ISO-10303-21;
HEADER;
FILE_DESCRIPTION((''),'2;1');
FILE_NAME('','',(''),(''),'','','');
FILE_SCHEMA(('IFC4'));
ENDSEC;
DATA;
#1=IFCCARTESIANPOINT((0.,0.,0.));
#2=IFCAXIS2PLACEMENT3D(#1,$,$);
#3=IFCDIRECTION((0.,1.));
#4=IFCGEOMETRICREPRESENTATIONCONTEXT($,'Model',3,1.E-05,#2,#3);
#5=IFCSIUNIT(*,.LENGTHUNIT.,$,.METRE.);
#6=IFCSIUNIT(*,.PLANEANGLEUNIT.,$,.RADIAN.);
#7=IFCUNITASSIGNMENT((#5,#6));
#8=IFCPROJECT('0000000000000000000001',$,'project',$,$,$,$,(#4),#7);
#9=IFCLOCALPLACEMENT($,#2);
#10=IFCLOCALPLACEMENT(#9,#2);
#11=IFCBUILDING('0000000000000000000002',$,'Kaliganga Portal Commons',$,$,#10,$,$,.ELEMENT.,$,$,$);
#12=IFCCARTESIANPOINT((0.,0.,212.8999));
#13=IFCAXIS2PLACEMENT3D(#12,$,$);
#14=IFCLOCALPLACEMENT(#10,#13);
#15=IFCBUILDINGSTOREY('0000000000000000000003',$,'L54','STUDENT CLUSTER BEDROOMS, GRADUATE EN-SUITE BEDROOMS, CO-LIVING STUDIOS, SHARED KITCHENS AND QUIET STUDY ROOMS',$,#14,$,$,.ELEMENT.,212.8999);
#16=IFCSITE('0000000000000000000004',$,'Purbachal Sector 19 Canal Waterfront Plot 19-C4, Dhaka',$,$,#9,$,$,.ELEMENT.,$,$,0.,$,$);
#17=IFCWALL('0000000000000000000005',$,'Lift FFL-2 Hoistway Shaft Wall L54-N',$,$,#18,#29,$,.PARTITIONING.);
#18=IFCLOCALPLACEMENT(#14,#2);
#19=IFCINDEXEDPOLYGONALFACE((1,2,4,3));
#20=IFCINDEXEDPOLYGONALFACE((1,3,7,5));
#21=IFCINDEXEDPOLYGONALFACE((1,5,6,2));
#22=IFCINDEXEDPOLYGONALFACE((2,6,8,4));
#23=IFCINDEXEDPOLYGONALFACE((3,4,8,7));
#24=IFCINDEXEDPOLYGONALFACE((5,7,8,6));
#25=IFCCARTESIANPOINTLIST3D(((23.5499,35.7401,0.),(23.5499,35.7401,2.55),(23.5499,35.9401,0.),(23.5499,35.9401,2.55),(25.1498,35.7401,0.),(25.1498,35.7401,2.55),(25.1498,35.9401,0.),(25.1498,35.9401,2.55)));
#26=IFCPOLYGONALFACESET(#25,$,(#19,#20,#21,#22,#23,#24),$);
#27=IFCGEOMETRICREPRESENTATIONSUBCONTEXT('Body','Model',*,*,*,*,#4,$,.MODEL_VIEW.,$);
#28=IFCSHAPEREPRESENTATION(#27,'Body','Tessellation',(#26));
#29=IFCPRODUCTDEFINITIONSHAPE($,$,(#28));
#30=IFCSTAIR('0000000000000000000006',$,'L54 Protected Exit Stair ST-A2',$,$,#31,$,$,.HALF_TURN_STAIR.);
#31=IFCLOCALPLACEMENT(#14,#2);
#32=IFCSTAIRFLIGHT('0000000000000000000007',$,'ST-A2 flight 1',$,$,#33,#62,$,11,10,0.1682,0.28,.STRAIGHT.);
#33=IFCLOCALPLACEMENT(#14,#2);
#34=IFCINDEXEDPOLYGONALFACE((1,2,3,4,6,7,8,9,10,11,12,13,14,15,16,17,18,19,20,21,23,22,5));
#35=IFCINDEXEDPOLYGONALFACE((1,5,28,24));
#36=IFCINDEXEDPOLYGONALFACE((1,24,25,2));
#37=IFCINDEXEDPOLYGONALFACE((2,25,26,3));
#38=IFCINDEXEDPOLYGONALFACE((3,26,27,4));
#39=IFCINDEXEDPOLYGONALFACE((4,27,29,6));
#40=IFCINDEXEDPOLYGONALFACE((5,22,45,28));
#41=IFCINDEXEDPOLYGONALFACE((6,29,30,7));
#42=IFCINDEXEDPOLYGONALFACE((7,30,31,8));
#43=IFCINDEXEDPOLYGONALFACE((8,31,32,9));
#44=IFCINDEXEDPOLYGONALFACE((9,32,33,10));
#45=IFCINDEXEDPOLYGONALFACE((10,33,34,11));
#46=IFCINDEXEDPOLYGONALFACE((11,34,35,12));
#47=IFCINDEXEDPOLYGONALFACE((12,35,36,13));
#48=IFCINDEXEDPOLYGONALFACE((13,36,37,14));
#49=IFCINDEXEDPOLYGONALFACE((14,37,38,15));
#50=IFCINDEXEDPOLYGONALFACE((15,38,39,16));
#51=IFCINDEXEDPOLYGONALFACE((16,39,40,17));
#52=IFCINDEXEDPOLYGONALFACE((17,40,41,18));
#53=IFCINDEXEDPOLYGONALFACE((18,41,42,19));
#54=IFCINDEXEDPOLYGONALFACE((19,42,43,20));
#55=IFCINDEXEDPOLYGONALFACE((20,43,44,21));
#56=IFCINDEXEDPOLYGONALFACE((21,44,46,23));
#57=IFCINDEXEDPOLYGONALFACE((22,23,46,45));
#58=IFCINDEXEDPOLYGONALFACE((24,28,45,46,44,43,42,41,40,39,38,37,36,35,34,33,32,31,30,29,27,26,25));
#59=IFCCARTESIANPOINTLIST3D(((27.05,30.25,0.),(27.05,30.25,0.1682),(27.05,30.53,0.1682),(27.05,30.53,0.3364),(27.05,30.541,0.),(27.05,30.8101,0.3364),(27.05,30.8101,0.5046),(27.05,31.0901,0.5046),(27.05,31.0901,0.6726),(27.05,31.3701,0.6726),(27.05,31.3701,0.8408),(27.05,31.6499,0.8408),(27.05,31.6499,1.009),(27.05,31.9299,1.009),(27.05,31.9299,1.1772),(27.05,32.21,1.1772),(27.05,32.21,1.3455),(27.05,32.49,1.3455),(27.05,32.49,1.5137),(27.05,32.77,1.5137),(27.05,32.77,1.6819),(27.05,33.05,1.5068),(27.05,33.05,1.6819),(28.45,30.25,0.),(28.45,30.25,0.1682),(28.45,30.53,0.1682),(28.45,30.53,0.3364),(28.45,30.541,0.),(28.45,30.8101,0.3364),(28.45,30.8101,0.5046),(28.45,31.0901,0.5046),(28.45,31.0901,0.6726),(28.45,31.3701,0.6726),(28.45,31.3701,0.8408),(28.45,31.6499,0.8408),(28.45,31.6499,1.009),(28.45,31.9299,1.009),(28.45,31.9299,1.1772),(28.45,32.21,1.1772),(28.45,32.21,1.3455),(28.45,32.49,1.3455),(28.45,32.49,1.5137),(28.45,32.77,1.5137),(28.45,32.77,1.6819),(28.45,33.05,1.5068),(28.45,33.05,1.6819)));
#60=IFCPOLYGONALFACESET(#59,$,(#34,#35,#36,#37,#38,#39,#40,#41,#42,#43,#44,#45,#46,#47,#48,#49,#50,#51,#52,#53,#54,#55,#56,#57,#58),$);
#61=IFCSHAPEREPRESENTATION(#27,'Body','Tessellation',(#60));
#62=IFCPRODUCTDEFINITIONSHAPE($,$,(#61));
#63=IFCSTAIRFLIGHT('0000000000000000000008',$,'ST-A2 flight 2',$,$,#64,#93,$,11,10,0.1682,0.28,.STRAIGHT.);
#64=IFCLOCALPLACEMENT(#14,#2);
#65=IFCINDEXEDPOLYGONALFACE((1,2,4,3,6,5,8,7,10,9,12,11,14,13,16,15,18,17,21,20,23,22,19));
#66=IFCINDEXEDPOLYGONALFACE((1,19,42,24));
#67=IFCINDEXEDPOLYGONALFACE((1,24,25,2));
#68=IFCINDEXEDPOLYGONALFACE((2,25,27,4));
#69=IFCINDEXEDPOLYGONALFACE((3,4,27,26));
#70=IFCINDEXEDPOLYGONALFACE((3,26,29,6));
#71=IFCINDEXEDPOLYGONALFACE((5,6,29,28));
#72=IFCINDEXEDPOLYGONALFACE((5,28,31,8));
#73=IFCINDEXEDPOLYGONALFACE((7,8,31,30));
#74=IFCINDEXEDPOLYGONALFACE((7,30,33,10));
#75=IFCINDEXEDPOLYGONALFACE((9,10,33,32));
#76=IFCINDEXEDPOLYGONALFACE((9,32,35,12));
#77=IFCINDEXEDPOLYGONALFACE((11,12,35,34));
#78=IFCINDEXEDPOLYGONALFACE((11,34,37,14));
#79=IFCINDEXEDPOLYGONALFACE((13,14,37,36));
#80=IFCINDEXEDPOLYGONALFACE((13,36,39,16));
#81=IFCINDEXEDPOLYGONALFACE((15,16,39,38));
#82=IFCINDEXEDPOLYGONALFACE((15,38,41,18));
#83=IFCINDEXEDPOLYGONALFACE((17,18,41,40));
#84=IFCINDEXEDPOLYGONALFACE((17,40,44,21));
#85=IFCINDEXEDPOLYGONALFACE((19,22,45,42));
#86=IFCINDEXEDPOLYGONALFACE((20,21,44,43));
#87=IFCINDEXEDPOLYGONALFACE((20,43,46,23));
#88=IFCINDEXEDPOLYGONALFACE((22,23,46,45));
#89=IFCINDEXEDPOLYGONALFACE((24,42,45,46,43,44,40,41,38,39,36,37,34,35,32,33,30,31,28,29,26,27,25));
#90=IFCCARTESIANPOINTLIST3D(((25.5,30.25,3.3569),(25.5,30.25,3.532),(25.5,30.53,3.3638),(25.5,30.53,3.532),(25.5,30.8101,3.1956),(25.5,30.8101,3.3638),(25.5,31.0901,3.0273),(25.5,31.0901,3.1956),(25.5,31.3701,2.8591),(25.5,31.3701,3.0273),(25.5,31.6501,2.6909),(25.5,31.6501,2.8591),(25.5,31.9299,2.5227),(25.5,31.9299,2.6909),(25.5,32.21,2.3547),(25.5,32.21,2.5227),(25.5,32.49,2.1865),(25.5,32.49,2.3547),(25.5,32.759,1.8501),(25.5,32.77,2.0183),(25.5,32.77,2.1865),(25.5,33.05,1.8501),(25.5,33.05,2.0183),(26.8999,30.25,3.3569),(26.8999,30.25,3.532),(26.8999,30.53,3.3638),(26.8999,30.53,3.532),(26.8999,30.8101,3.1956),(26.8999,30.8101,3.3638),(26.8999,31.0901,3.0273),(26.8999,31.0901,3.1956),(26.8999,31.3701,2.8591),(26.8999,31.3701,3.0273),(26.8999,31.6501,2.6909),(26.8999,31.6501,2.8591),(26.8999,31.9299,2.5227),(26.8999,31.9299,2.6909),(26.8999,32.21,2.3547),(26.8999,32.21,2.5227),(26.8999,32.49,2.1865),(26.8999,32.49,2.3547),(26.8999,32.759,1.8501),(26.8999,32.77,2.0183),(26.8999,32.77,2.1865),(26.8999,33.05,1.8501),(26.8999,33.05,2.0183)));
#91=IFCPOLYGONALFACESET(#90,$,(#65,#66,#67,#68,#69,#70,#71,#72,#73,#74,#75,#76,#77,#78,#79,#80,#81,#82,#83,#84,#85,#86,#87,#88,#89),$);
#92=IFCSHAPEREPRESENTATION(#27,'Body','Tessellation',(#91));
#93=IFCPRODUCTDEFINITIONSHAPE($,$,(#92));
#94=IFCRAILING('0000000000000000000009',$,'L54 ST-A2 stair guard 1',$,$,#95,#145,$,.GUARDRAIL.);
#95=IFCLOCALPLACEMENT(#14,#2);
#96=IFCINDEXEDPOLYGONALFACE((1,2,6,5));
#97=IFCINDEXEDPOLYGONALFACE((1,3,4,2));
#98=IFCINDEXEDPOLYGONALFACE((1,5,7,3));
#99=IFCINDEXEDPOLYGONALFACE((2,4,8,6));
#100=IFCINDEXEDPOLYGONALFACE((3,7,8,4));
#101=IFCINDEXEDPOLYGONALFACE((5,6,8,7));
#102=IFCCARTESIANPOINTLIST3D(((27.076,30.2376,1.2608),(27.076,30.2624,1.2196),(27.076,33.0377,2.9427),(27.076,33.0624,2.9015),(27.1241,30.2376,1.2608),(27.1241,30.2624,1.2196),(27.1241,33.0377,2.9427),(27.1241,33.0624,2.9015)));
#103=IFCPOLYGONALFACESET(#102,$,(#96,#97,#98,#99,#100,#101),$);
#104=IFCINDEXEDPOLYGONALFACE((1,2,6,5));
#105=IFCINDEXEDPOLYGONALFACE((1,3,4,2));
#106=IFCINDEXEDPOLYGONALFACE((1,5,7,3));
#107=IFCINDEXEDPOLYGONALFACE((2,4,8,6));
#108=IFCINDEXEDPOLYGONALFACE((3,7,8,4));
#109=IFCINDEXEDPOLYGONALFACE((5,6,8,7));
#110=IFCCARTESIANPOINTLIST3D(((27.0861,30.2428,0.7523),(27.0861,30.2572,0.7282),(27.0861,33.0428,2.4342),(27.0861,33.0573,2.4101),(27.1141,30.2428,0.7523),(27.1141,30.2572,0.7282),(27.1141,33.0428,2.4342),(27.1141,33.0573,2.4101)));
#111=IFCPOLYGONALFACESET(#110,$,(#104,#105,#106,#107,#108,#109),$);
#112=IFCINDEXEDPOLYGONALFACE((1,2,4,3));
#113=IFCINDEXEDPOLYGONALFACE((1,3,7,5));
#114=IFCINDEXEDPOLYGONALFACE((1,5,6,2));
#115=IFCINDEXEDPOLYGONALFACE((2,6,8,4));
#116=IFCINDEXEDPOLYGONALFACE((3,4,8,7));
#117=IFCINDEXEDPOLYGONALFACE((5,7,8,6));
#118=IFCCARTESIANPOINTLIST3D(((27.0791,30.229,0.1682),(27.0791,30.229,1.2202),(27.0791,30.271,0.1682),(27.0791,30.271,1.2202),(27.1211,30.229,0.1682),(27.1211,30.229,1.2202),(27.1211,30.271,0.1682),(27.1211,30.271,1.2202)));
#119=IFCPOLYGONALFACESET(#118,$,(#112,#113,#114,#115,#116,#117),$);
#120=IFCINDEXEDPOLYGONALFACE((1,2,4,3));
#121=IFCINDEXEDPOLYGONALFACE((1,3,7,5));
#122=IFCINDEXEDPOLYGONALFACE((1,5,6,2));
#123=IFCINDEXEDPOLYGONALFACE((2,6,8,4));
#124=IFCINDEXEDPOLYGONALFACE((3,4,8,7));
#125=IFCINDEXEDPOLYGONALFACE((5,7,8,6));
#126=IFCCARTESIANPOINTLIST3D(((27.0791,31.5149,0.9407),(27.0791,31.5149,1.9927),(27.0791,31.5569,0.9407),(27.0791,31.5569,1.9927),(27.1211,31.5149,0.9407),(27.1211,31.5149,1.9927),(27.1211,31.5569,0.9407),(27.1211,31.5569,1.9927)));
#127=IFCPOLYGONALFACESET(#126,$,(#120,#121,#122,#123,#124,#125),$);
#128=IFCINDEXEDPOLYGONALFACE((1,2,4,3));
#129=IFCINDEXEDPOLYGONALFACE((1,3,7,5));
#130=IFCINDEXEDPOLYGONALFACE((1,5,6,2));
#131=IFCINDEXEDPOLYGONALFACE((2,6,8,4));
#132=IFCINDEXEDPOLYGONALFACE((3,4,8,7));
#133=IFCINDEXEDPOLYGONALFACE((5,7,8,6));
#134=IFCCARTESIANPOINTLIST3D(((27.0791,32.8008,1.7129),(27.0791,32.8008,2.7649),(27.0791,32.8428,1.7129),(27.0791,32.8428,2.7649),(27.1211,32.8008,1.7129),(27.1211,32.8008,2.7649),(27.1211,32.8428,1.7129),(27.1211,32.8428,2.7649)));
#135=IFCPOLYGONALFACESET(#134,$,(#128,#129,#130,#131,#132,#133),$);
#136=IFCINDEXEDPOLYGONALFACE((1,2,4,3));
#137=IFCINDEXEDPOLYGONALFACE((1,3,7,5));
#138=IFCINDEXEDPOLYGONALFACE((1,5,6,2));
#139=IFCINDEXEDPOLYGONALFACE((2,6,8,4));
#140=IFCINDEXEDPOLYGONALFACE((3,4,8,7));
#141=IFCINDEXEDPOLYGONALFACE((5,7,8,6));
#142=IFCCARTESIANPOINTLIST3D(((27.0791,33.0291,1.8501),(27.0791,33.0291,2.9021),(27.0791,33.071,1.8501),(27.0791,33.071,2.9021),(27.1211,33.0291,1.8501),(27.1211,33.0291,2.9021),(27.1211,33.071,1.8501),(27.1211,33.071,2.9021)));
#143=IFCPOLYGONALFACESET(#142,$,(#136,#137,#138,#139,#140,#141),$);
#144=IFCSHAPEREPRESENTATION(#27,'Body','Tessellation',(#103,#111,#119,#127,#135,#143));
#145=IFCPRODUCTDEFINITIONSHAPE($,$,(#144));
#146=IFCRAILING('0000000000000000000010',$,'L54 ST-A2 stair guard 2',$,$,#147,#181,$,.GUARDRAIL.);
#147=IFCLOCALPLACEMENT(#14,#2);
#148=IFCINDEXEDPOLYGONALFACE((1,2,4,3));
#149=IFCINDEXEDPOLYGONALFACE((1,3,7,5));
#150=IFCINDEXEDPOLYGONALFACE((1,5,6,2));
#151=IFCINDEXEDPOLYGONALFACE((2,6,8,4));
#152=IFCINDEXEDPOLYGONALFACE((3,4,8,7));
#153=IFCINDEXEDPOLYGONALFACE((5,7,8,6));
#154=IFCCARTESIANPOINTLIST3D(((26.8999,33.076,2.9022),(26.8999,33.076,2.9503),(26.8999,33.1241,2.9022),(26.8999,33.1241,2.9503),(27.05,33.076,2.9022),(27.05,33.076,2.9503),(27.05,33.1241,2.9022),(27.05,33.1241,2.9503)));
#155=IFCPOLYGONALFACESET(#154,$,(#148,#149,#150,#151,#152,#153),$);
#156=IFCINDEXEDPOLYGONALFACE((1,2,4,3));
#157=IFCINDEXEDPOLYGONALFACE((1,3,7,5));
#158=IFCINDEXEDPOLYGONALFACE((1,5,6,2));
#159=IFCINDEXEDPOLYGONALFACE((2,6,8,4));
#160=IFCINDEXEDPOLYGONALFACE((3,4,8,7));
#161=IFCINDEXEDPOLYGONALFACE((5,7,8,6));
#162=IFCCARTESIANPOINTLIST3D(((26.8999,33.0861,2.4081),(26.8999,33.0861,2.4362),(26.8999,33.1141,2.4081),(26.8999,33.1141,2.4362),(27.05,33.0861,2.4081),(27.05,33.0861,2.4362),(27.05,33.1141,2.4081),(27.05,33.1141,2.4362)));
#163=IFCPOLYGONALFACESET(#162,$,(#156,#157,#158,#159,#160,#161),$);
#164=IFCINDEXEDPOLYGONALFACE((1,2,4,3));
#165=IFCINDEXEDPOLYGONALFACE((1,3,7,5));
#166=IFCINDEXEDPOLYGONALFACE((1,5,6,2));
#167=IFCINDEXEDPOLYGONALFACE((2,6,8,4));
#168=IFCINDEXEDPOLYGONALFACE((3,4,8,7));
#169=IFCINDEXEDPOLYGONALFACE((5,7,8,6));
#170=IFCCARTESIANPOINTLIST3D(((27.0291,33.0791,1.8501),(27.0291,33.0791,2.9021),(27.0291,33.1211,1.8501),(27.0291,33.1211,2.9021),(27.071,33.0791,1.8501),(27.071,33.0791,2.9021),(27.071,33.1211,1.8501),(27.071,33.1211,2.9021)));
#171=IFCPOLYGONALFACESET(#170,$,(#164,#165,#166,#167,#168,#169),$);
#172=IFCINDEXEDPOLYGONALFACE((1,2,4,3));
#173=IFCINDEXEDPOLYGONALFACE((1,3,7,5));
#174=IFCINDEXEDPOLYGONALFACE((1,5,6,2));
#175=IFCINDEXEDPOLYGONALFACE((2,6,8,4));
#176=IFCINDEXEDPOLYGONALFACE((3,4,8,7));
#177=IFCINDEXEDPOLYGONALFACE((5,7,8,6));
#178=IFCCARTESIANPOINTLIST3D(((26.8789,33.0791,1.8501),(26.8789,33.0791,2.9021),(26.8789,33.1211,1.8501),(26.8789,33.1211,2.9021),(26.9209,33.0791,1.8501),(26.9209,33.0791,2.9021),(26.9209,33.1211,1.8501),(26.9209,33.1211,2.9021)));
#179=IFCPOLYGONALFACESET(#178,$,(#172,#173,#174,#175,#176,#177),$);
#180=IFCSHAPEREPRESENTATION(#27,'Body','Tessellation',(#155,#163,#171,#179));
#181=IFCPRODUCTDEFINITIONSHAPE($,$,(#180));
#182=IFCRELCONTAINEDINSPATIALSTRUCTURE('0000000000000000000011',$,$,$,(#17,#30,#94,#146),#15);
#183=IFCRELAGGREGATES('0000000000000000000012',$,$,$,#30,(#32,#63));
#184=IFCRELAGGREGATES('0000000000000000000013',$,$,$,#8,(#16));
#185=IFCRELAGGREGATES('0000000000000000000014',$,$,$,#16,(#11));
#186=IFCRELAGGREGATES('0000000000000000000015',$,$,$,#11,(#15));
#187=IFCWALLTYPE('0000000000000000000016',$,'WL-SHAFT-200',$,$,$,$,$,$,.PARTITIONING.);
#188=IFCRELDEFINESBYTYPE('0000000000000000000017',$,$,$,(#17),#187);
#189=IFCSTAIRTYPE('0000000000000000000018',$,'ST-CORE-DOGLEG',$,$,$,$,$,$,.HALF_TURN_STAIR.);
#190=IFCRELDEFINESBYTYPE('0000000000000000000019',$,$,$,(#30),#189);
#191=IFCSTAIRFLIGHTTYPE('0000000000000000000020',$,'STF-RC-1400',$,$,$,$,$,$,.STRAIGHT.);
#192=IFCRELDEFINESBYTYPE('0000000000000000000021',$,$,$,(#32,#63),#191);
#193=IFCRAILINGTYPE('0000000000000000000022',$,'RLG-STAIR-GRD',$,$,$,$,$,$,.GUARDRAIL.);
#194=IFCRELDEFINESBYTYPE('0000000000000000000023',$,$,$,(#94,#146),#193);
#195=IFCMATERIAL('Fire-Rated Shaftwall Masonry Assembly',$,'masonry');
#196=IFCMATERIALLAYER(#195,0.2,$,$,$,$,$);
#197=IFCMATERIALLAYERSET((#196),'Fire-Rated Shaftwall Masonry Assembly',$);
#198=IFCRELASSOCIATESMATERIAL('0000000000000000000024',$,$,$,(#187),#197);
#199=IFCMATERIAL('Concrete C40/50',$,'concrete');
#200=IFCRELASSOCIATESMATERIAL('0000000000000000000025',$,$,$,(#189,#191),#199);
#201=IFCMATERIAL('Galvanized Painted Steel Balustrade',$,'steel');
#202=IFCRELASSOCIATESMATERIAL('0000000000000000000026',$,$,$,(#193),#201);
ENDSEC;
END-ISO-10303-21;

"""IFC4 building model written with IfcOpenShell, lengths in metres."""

from ifc_helpers import new_model, si_unit, direction, frame, frame_2d, origin, origin_2d, place, context, subcontext, project, spatial, polyline, rectangle, outline, extrude, material, layer, layer_set, type_object, element, aggregate, save


model = new_model("IFC4")

# Units and contexts
model_context = context("Model", 3, precision=1e-05, world=origin(), true_north=direction((0.0, 1.0)))
body_context = subcontext(model_context, "Body", "Model", "MODEL_VIEW")
ifc_project = project(units=[si_unit("LENGTHUNIT", "METRE"), si_unit("PLANEANGLEUNIT", "RADIAN")], contexts=[model_context])

# Site, building, storey
site_placement = place(None, origin())
site = spatial("IfcSite", under=ifc_project, at=site_placement, Name="Purbachal Sector 19 Canal Waterfront Plot 19-C4, Dhaka", CompositionType="ELEMENT", RefElevation=0.0)
building_placement = place(site_placement, origin())
building = spatial("IfcBuilding", under=site, at=building_placement, Name="Kaliganga Portal Commons", CompositionType="ELEMENT")
storey_placement = place(building_placement, frame((0.0, 0.0, 212.8999)))
storey = spatial("IfcBuildingStorey", under=building, at=storey_placement, Name="L54", Description="STUDENT CLUSTER BEDROOMS, GRADUATE EN-SUITE BEDROOMS, CO-LIVING STUDIOS, SHARED KITCHENS AND QUIET STUDY ROOMS", CompositionType="ELEMENT", Elevation=212.8999)

# Shared definitions
ifc_material_1 = material(Name="Fire-Rated Shaftwall Masonry Assembly", Category="masonry")
ifc_layer_1 = layer(ifc_material_1, 0.2)
ifc_layer_set_1 = layer_set([ifc_layer_1], Name="Fire-Rated Shaftwall Masonry Assembly")
wall_type_1 = type_object("IfcWallType", Name="WL-SHAFT-200", PredefinedType="PARTITIONING", material=ifc_layer_set_1)

# Wall
wall_1_placement = place(storey_placement, frame((23.55, 35.8401, 0.0), z_axis=(0.0, 0.0, 1.0), x_axis=(1.0, 0.0, 0.0)))
element("IfcWall", 1, at=wall_1_placement, inside=storey, type_object=wall_type_1, Name="Lift FFL-2 Hoistway Shaft Wall L54-N", PredefinedType="PARTITIONING", context=body_context, shape_type="SweptSolid", body=[
    extrude(rectangle(XDim=1.5999, YDim=0.2, at=frame_2d((0.7998, 0.0))), origin(), (0.0, 0.0, 1.0), 2.55),
])

# Stair, stair flights
ifc_material_2 = material(Name="Concrete C40/50", Category="concrete")
stair_type = type_object("IfcStairType", Name="ST-CORE-DOGLEG", PredefinedType="HALF_TURN_STAIR", material=ifc_material_2)
stair_placement = place(storey_placement, origin())
stair = element("IfcStair", 2, at=stair_placement, inside=storey, type_object=stair_type, Name="L54 Protected Exit Stair ST-A2", PredefinedType="HALF_TURN_STAIR")
stair_flight_type = type_object("IfcStairFlightType", Name="STF-RC-1400", PredefinedType="STRAIGHT", material=ifc_material_2)
stair_flight_1_placement = place(storey_placement, frame((27.75, 30.25, 0.0), z_axis=(0.0, 0.0, 1.0), x_axis=(0.0, 1.0, 0.0)))
stair_flight_1 = element("IfcStairFlight", 3, at=stair_flight_1_placement, type_object=stair_flight_type, Name="ST-A2 flight 1", NumberOfRisers=11, NumberOfTreads=10, PredefinedType="STRAIGHT", RiserHeight=0.1682, TreadLength=0.28, context=body_context, shape_type="SweptSolid", body=[
    extrude(outline(polyline([(0.0, 0.0), (0.0, 0.1682), (0.28, 0.1682), (0.28, 0.3364), (0.5601, 0.3364), (0.5601, 0.5046), (0.8401, 0.5046), (0.8401, 0.6726), (1.1201, 0.6726), (1.1201, 0.8408), (1.3999, 0.8408), (1.3999, 1.009), (1.6799, 1.009), (1.6799, 1.1772), (1.96, 1.1772), (1.96, 1.3455), (2.24, 1.3455), (2.24, 1.5137), (2.52, 1.5137), (2.52, 1.6819), (2.8, 1.6819), (2.8, 1.8501), (2.8, 1.5068), (0.291, 0.0), (0.0, 0.0)])), frame((0.0, 0.7, 0.0), z_axis=(0.0, -1.0, 0.0), x_axis=(1.0, 0.0, 0.0)), (0.0, 0.0, 1.0), 1.3999),
])
stair_flight_2_placement = place(storey_placement, frame((26.2, 33.05, 1.8501), z_axis=(0.0, 0.0, 1.0), x_axis=(0.0, -1.0, 0.0)))
stair_flight_2 = element("IfcStairFlight", 4, at=stair_flight_2_placement, type_object=stair_flight_type, Name="ST-A2 flight 2", NumberOfRisers=11, NumberOfTreads=10, PredefinedType="STRAIGHT", RiserHeight=0.1682, TreadLength=0.28, context=body_context, shape_type="SweptSolid", body=[
    extrude(outline(polyline([(0.0, 0.0), (0.0, 0.1682), (0.28, 0.1682), (0.28, 0.3364), (0.5601, 0.3364), (0.5601, 0.5046), (0.8401, 0.5046), (0.8401, 0.6726), (1.1201, 0.6726), (1.1201, 0.8408), (1.3999, 0.8408), (1.3999, 1.009), (1.6799, 1.009), (1.6799, 1.1772), (1.96, 1.1772), (1.96, 1.3455), (2.24, 1.3455), (2.24, 1.5137), (2.52, 1.5137), (2.52, 1.6819), (2.8, 1.6819), (2.8, 1.8501), (2.8, 1.5068), (0.291, 0.0), (0.0, 0.0)])), frame((0.0, 0.7, 0.0), z_axis=(0.0, -1.0, 0.0), x_axis=(1.0, 0.0, 0.0)), (0.0, 0.0, 1.0), 1.3999),
])
aggregate(stair, [stair_flight_1, stair_flight_2])

# Railings
ifc_material_3 = material(Name="Galvanized Painted Steel Balustrade", Category="steel")
railing_type_1 = type_object("IfcRailingType", Name="RLG-STAIR-GRD", PredefinedType="GUARDRAIL", material=ifc_material_3)
railing_1_placement = place(storey_placement, frame((27.1001, 30.25, 0.1682)))
element("IfcRailing", 5, at=railing_1_placement, inside=storey, type_object=railing_type_1, Name="L54 ST-A2 stair guard 1", PredefinedType="GUARDRAIL", context=body_context, shape_type="SweptSolid", body=[
    extrude(rectangle(XDim=0.0481, YDim=0.0481, at=origin_2d()), frame((0.0, 0.0, 1.072), z_axis=(0.0, 0.857242, 0.514913), x_axis=(-1.0, 0.0, 0.0)), (0.0, 0.0, 1.0), 3.2664),
    extrude(rectangle(XDim=0.0281, YDim=0.0281, at=origin_2d()), frame((0.0, 0.0, 0.572), z_axis=(0.0, 0.857242, 0.514913), x_axis=(-1.0, 0.0, 0.0)), (0.0, 0.0, 1.0), 3.2664),
    extrude(rectangle(XDim=0.042, YDim=0.042, at=origin_2d()), origin(), (0.0, 0.0, 1.0), 1.052),
    extrude(rectangle(XDim=0.042, YDim=0.042, at=origin_2d()), frame((0.0, 1.2859, 0.7725)), (0.0, 0.0, 1.0), 1.052),
    extrude(rectangle(XDim=0.042, YDim=0.042, at=origin_2d()), frame((0.0, 2.5718, 1.5447)), (0.0, 0.0, 1.0), 1.052),
    extrude(rectangle(XDim=0.042, YDim=0.042, at=origin_2d()), frame((0.0, 2.8, 1.6819)), (0.0, 0.0, 1.0), 1.052),
])
railing_2_placement = place(storey_placement, frame((27.05, 33.1001, 1.8501)))
element("IfcRailing", 6, at=railing_2_placement, inside=storey, type_object=railing_type_1, Name="L54 ST-A2 stair guard 2", PredefinedType="GUARDRAIL", context=body_context, shape_type="SweptSolid", body=[
    extrude(rectangle(XDim=0.0481, YDim=0.0481, at=origin_2d()), frame((0.0, 0.0, 1.0762), z_axis=(-1.0, 0.0, 0.0), x_axis=(0.0, -1.0, 0.0)), (0.0, 0.0, 1.0), 0.1501),
    extrude(rectangle(XDim=0.0281, YDim=0.0281, at=origin_2d()), frame((0.0, 0.0, 0.572), z_axis=(-1.0, 0.0, 0.0), x_axis=(0.0, -1.0, 0.0)), (0.0, 0.0, 1.0), 0.1501),
    extrude(rectangle(XDim=0.042, YDim=0.042, at=origin_2d()), origin(), (0.0, 0.0, 1.0), 1.052),
    extrude(rectangle(XDim=0.042, YDim=0.042, at=origin_2d()), frame((-0.1501, 0.0, 0.0)), (0.0, 0.0, 1.0), 1.052),
])

save(model, "model.ifc")
